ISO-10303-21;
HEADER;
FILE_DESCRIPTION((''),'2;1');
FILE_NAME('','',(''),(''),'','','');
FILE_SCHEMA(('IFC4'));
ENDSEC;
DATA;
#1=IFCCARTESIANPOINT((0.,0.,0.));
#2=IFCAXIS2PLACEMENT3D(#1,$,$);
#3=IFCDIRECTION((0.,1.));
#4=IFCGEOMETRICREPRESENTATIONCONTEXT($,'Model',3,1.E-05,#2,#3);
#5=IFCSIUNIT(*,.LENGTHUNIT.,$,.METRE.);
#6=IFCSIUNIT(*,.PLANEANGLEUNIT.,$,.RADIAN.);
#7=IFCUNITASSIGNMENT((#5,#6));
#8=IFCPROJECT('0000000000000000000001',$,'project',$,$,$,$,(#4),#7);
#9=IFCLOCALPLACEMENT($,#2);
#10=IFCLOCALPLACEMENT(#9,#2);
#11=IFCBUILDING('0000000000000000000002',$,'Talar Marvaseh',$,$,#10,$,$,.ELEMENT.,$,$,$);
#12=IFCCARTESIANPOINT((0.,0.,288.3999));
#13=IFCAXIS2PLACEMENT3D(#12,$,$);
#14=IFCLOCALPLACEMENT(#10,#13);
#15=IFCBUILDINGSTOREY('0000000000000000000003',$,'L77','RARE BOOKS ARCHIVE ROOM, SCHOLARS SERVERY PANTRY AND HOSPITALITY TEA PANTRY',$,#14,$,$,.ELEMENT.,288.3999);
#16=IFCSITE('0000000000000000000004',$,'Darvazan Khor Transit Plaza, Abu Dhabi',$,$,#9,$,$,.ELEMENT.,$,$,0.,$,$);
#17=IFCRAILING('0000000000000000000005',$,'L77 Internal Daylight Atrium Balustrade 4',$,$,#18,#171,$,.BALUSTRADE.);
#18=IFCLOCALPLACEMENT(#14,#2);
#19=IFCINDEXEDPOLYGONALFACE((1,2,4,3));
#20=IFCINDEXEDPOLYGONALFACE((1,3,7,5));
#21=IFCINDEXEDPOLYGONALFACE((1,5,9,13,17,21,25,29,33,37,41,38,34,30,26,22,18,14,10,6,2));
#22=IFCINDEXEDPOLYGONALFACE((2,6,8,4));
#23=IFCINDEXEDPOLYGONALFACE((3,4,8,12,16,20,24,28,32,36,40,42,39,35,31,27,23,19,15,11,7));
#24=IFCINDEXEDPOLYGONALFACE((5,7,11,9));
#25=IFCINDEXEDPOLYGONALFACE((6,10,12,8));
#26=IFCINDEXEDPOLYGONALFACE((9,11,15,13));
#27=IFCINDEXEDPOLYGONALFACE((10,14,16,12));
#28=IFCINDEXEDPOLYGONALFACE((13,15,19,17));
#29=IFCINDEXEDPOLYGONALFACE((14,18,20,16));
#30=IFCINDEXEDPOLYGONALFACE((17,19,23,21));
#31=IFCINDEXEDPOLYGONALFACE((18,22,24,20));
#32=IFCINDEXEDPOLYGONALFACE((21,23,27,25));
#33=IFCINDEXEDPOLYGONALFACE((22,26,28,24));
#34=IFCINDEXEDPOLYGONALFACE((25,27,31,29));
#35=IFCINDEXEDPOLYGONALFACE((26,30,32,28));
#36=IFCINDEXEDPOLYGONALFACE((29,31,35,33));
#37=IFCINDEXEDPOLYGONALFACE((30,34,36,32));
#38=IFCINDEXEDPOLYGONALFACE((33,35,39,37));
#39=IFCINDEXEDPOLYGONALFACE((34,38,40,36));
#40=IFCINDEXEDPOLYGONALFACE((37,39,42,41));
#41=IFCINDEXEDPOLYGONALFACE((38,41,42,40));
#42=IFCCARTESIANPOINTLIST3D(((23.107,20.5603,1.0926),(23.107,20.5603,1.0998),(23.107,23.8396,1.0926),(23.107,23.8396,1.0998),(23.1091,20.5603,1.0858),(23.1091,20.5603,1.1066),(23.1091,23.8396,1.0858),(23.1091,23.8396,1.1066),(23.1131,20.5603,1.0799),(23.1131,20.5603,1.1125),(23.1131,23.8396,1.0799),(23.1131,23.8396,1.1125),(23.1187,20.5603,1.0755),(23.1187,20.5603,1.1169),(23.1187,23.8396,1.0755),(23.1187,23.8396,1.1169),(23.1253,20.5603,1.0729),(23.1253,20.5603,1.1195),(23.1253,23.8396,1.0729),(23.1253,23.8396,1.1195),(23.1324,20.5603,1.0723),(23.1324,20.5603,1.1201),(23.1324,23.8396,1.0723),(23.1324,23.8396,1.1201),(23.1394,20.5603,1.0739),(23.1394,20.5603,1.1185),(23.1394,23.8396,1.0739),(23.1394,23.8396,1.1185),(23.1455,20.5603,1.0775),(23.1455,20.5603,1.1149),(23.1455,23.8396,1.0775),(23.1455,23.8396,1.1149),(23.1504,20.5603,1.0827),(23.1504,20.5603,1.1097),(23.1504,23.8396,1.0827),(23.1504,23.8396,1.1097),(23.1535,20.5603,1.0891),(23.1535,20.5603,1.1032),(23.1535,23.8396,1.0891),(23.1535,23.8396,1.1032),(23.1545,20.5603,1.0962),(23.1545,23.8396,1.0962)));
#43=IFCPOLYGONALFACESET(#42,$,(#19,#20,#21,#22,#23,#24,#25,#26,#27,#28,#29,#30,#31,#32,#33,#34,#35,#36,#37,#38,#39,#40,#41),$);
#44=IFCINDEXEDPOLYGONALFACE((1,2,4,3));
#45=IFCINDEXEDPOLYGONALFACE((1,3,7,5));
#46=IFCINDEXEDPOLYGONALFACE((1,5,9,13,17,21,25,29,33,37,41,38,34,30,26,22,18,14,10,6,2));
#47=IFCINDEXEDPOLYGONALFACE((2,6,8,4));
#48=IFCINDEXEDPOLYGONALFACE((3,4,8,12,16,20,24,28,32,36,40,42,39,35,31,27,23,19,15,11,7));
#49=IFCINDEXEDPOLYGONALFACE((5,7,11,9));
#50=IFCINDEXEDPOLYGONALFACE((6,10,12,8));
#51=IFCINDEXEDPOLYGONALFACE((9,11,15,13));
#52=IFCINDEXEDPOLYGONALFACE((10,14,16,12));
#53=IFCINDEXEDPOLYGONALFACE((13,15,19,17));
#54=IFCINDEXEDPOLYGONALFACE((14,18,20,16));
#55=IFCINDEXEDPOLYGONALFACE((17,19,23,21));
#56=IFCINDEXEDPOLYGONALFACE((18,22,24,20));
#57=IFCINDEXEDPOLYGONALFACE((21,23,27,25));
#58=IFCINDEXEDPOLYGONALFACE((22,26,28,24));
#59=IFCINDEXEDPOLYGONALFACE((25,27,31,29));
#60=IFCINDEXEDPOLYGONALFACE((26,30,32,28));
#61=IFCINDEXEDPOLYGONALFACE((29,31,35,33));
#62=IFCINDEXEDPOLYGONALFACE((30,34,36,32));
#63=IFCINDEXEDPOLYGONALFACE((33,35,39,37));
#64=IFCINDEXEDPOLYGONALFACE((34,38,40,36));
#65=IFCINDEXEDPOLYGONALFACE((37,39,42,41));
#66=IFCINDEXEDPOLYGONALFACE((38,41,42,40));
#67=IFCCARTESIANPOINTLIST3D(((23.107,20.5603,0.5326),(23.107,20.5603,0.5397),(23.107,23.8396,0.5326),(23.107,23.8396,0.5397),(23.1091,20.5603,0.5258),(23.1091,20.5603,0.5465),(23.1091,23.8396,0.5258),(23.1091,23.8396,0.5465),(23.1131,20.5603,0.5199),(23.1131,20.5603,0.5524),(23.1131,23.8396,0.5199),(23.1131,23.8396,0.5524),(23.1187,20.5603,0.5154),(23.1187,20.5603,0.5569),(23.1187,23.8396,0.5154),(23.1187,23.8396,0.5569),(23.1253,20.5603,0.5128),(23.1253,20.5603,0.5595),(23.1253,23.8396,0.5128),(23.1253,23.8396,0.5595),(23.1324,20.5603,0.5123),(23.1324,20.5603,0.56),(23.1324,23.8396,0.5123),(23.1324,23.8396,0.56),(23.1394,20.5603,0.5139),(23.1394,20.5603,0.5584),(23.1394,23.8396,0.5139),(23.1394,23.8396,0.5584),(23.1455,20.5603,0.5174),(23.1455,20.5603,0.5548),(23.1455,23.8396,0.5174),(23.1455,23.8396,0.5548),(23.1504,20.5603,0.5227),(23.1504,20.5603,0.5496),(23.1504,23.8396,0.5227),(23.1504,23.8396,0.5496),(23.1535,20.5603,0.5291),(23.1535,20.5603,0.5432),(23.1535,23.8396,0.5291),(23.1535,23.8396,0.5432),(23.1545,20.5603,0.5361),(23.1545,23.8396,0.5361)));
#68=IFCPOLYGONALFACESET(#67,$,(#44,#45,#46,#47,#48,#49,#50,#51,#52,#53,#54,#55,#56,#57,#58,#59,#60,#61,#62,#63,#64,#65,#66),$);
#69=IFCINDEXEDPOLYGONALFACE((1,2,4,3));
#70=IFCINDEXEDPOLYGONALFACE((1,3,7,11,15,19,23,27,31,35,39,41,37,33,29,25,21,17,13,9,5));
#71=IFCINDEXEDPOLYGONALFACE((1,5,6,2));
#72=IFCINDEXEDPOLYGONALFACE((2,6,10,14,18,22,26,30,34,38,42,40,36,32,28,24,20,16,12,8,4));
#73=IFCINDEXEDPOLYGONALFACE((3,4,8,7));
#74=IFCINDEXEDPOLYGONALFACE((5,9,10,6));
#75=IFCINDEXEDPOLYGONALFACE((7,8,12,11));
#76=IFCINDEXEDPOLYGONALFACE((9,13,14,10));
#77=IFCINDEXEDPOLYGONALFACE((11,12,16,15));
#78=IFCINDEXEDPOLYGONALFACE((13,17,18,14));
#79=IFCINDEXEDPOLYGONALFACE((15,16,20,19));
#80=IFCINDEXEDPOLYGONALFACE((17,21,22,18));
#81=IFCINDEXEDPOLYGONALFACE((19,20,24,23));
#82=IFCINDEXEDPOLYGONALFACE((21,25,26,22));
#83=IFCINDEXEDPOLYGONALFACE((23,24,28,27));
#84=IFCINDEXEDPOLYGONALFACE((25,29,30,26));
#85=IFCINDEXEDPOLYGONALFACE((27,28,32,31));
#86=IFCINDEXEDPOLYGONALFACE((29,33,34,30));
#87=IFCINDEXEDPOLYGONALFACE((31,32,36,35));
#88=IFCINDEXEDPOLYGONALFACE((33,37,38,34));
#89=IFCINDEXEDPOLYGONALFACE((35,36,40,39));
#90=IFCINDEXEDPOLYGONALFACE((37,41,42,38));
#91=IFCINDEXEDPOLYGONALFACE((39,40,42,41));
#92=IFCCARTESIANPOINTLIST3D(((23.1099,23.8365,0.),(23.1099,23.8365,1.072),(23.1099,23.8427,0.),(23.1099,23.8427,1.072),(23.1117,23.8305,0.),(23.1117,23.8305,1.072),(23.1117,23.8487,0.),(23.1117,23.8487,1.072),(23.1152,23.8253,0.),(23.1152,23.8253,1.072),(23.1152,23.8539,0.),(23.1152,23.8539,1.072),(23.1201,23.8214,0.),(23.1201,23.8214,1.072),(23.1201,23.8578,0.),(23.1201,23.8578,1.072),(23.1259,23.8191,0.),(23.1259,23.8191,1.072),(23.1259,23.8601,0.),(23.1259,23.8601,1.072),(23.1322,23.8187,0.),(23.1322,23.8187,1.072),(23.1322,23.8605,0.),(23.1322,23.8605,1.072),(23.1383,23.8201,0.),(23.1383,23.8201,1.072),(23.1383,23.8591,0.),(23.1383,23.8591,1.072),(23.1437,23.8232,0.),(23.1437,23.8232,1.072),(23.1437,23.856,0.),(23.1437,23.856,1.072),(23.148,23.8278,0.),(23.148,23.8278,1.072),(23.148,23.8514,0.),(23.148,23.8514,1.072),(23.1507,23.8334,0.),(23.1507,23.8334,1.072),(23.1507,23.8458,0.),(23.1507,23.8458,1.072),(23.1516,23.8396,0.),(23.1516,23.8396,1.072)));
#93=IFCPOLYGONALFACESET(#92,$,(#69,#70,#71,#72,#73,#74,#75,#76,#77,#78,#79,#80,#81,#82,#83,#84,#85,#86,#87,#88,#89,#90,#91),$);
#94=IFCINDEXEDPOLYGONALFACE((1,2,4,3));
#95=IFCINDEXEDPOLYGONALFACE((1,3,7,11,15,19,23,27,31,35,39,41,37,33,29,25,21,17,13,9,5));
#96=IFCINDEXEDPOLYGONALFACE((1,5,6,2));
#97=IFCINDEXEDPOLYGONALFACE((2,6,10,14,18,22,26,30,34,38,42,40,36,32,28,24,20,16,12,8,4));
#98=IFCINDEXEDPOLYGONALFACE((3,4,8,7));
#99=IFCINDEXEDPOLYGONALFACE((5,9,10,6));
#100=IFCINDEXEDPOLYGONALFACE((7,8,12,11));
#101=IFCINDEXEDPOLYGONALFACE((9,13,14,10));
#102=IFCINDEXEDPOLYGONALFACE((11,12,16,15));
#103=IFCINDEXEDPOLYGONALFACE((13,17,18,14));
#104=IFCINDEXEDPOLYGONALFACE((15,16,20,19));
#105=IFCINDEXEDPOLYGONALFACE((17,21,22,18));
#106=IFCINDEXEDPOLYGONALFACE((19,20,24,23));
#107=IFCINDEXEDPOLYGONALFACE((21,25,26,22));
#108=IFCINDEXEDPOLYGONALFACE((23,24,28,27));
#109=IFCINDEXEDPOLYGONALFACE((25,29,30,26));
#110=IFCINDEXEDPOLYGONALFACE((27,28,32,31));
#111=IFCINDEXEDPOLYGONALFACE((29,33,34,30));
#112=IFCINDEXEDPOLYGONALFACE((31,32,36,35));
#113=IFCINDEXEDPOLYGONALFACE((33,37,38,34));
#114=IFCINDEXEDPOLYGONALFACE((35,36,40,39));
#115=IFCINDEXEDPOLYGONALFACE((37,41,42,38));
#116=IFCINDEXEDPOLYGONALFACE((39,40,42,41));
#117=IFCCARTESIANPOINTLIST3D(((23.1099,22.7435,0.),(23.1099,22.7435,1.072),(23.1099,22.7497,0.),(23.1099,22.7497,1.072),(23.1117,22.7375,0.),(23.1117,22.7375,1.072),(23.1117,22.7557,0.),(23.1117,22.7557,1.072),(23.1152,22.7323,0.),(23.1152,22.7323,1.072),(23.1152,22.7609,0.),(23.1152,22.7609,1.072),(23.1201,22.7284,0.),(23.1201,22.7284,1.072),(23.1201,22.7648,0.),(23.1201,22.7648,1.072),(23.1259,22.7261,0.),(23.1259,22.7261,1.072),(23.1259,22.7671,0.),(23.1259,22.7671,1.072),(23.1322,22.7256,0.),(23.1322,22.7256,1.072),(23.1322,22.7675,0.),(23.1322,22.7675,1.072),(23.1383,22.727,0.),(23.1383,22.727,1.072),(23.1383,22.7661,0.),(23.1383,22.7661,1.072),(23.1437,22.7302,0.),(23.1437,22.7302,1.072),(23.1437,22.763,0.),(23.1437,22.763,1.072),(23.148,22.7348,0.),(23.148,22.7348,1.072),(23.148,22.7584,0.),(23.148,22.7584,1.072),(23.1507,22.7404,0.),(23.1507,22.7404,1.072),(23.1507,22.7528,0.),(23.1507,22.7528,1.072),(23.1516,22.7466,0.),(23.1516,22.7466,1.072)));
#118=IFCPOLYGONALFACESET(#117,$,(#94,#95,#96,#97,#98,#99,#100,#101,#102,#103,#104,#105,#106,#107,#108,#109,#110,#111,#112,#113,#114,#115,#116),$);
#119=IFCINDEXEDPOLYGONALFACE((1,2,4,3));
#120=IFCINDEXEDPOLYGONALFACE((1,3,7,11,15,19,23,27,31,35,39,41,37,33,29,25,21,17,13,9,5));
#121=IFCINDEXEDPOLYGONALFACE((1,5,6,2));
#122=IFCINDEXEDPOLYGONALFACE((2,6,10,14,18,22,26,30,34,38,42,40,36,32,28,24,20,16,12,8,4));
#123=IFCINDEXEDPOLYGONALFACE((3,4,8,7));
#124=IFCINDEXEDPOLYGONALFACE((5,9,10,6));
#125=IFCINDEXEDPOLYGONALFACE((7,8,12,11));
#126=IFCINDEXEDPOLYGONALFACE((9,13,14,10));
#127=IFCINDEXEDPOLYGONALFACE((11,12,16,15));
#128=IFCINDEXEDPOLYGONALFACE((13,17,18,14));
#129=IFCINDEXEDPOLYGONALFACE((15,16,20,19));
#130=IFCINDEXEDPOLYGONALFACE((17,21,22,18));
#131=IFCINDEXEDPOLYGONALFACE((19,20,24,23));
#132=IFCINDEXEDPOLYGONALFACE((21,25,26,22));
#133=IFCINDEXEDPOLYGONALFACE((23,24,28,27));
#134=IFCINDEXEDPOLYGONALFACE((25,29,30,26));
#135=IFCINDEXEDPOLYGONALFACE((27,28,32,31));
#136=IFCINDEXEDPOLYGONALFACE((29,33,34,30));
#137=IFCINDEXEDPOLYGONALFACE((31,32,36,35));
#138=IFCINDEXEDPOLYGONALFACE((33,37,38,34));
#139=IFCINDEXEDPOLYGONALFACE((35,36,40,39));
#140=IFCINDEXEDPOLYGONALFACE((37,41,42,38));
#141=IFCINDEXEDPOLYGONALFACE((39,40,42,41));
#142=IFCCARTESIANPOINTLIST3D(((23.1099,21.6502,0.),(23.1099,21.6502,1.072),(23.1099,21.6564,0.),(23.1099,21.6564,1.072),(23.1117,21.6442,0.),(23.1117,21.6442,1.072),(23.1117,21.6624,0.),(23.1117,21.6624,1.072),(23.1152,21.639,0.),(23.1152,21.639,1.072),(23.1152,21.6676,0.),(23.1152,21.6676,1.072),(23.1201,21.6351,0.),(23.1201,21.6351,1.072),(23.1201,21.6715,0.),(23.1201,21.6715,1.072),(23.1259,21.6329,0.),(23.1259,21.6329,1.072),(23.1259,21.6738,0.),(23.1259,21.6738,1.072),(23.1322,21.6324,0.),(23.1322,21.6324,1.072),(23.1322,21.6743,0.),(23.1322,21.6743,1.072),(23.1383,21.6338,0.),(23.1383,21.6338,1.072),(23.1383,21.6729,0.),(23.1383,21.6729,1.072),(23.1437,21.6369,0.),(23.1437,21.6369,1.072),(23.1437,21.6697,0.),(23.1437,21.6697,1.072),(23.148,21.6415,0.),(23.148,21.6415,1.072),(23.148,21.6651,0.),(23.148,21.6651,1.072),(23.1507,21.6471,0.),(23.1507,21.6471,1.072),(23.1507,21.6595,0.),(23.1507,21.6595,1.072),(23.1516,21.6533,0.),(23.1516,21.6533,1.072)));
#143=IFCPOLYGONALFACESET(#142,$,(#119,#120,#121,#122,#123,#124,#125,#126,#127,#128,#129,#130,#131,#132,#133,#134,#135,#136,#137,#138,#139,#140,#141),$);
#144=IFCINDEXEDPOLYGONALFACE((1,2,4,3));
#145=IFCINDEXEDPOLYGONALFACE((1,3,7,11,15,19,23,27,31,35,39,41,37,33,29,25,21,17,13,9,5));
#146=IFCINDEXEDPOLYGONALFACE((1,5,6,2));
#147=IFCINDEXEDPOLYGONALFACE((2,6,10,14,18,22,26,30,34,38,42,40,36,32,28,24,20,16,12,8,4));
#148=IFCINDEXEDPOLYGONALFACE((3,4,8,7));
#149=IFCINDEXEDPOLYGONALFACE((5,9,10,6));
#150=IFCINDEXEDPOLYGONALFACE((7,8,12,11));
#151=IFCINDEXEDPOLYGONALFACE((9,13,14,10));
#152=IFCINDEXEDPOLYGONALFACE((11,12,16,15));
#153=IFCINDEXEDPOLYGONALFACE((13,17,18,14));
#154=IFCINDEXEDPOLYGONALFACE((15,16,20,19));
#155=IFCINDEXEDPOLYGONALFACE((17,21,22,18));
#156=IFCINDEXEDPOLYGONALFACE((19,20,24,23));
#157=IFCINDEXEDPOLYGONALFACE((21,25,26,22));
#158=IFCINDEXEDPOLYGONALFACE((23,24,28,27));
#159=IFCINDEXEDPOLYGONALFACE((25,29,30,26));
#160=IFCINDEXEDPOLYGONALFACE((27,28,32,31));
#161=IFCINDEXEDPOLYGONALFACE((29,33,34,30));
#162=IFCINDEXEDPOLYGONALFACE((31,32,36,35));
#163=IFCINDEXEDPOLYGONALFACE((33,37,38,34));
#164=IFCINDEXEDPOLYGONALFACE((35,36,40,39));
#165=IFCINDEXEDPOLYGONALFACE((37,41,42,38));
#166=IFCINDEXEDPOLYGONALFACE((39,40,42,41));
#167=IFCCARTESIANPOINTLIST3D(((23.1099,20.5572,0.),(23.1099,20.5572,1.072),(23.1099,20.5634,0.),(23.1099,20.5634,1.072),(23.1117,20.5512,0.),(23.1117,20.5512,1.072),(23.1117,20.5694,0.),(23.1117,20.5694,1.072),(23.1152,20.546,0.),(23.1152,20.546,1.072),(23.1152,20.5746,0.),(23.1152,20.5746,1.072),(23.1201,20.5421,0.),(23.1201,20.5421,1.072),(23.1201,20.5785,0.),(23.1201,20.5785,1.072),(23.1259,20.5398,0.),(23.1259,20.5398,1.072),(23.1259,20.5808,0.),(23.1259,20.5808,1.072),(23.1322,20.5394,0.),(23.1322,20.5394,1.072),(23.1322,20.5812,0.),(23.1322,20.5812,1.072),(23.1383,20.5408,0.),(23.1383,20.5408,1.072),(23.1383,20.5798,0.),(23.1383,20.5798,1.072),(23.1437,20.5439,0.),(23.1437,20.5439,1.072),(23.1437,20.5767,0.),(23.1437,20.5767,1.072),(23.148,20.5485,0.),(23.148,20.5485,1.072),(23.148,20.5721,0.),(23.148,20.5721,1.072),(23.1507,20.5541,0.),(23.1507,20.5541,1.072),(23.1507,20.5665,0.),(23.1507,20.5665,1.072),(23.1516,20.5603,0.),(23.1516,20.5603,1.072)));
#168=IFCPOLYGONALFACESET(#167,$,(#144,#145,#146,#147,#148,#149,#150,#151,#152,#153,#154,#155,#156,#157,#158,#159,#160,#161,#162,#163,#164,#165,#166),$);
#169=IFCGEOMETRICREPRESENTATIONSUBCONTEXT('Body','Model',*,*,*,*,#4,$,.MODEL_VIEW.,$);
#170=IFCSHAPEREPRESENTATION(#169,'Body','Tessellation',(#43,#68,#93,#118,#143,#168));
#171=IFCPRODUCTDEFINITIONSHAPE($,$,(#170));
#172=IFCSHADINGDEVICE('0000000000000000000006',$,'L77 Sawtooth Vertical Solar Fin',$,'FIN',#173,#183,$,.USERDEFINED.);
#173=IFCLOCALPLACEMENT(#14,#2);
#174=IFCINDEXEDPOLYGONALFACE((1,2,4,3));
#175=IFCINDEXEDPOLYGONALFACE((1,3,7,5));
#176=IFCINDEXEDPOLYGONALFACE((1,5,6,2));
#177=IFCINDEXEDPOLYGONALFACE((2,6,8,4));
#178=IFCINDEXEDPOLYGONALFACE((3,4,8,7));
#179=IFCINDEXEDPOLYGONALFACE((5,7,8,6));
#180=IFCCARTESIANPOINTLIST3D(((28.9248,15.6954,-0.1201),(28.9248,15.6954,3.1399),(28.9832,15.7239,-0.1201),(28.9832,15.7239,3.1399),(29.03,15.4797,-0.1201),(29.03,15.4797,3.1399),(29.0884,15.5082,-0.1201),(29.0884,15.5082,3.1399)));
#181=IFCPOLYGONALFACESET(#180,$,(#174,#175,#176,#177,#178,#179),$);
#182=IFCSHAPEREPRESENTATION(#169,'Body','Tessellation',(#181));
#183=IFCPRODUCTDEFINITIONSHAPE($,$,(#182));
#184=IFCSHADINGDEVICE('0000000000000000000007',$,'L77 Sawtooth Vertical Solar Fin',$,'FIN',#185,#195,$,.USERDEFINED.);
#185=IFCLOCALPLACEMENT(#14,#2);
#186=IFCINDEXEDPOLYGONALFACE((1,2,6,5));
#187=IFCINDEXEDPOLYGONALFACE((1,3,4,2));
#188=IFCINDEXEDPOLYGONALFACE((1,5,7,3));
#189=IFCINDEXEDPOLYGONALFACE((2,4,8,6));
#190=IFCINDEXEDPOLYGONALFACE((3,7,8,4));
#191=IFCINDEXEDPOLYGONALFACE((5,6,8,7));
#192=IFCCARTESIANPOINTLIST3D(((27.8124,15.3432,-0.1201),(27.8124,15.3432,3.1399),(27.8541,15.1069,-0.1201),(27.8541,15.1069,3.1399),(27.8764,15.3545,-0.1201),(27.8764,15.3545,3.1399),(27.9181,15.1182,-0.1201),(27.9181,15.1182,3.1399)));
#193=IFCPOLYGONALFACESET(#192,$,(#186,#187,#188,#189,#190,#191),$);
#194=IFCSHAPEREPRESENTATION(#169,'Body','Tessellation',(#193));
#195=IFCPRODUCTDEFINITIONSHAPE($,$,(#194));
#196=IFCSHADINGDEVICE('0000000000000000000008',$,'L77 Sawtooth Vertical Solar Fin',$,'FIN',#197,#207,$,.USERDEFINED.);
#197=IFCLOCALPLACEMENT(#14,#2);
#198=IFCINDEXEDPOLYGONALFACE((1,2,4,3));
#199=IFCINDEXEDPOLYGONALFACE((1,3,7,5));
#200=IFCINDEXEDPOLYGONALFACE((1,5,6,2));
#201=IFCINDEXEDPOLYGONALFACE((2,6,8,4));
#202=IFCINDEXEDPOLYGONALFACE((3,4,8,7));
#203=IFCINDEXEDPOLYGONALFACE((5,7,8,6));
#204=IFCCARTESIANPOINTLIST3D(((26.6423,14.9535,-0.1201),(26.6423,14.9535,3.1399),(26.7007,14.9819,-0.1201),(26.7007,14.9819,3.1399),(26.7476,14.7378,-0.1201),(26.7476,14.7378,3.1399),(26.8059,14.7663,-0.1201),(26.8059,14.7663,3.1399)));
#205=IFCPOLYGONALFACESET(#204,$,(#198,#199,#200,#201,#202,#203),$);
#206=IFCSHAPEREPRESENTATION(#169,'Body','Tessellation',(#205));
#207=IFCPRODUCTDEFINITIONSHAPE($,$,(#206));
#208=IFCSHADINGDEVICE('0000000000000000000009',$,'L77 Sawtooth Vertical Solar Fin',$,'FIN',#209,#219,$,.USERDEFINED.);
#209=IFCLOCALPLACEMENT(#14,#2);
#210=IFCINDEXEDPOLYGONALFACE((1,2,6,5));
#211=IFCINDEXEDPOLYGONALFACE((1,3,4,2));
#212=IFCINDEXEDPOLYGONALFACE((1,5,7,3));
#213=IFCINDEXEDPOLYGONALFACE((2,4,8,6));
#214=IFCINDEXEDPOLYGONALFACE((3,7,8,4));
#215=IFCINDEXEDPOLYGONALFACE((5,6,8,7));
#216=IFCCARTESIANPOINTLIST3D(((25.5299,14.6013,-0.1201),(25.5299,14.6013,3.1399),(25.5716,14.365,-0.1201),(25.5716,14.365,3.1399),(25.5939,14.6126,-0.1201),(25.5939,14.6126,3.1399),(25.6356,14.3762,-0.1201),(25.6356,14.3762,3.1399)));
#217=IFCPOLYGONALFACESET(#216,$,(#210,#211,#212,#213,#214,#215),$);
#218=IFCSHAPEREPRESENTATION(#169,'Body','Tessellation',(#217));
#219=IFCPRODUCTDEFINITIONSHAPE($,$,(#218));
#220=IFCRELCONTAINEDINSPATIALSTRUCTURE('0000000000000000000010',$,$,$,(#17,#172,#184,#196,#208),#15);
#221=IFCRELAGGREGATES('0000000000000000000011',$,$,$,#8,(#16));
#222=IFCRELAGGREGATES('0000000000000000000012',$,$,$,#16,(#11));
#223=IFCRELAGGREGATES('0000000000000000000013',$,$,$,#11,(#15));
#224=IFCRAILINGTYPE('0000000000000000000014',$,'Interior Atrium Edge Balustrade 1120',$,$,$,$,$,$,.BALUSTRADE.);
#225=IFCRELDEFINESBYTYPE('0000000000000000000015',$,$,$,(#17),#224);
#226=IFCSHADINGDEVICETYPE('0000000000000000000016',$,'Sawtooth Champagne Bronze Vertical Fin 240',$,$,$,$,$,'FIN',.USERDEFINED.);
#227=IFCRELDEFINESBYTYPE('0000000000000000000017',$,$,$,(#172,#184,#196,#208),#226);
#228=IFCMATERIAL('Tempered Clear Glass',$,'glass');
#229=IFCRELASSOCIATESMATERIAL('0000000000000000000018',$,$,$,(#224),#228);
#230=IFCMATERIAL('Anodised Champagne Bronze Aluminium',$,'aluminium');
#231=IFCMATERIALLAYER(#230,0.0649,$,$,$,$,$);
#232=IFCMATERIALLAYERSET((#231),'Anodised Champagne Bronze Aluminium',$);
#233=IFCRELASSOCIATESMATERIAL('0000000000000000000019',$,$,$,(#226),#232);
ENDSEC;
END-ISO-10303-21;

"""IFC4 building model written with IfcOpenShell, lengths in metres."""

from ifc_helpers import new_model, si_unit, direction, frame, origin, origin_2d, place, context, subcontext, project, spatial, rectangle, circle, extrude, source, transform, mapped, material, layer, layer_set, type_object, type_shapes, element, save


model = new_model("IFC4")

# Units and contexts
model_context = context("Model", 3, precision=1e-05, world=origin(), true_north=direction((0.0, 1.0)))
body_context = subcontext(model_context, "Body", "Model", "MODEL_VIEW")
ifc_project = project(units=[si_unit("LENGTHUNIT", "METRE"), si_unit("PLANEANGLEUNIT", "RADIAN")], contexts=[model_context])

# Site, building, storey
site_placement = place(None, origin())
site = spatial("IfcSite", under=ifc_project, at=site_placement, Name="Darvazan Khor Transit Plaza, Abu Dhabi", CompositionType="ELEMENT", RefElevation=0.0)
building_placement = place(site_placement, origin())
building = spatial("IfcBuilding", under=site, at=building_placement, Name="Talar Marvaseh", CompositionType="ELEMENT")
storey_placement = place(building_placement, frame((0.0, 0.0, 288.3999)))
storey = spatial("IfcBuildingStorey", under=building, at=storey_placement, Name="L77", Description="RARE BOOKS ARCHIVE ROOM, SCHOLARS SERVERY PANTRY AND HOSPITALITY TEA PANTRY", CompositionType="ELEMENT", Elevation=288.3999)

# Railing
ifc_material_1 = material(Name="Tempered Clear Glass", Category="glass")
railing_type = type_object("IfcRailingType", Name="Interior Atrium Edge Balustrade 1120", PredefinedType="BALUSTRADE", material=ifc_material_1)
railing_1_placement = place(storey_placement, frame((23.1306, 23.8396, 0.0)))
element("IfcRailing", 1, at=railing_1_placement, inside=storey, type_object=railing_type, Name="L77 Internal Daylight Atrium Balustrade 4", PredefinedType="BALUSTRADE", context=body_context, shape_type="SweptSolid", body=[
    extrude(circle(Radius=0.0239, at=origin_2d()), frame((0.0, 0.0, 1.0962), z_axis=(0.0, -1.0, 0.0), x_axis=(1.0, 0.0, 0.0)), (0.0, 0.0, 1.0), 3.2793),
    extrude(circle(Radius=0.0239, at=origin_2d()), frame((0.0, 0.0, 0.5361), z_axis=(0.0, -1.0, 0.0), x_axis=(1.0, 0.0, 0.0)), (0.0, 0.0, 1.0), 3.2793),
    extrude(circle(Radius=0.021, at=origin_2d()), origin(), (0.0, 0.0, 1.0), 1.072),
    extrude(circle(Radius=0.021, at=origin_2d()), frame((0.0, -1.093, 0.0)), (0.0, 0.0, 1.0), 1.072),
    extrude(circle(Radius=0.021, at=origin_2d()), frame((0.0, -2.1863, 0.0)), (0.0, 0.0, 1.0), 1.072),
    extrude(circle(Radius=0.021, at=origin_2d()), frame((0.0, -3.2793, 0.0)), (0.0, 0.0, 1.0), 1.072),
])

# Shading devices
ifc_material_2 = material(Name="Anodised Champagne Bronze Aluminium", Category="aluminium")
ifc_layer_1 = layer(ifc_material_2, 0.0649)
ifc_layer_set_1 = layer_set([ifc_layer_1], Name="Anodised Champagne Bronze Aluminium")
shading_device_type = type_object("IfcShadingDeviceType", Name="Sawtooth Champagne Bronze Vertical Fin 240", ElementType="FIN", PredefinedType="USERDEFINED", material=ifc_layer_set_1)
shared_shape_1 = source(origin(), body_context, "Body", "SweptSolid", [
    extrude(rectangle(XDim=0.24, YDim=0.0649, at=origin_2d()), origin(), (0.0, 0.0, 1.0), 3.26),
])
type_shapes(shading_device_type, [shared_shape_1])
for number, where, z_axis, x_axis, name in (
    (2, (29.0066, 15.6018, -0.1201), (0.0, 0.0, 1.0), (0.438528, -0.898718, 0.0), "L77 Sawtooth Vertical Solar Fin"),
    (3, (27.8652, 15.2307, -0.1201), (0.0, 0.0, 1.0), (0.17382, -0.984777, 0.0), "L77 Sawtooth Vertical Solar Fin"),
    (4, (26.7241, 14.8599, -0.1201), (0.0, 0.0, 1.0), (0.438528, -0.898718, 0.0), "L77 Sawtooth Vertical Solar Fin"),
    (5, (25.5828, 14.4888, -0.1201), (0.0, 0.0, 1.0), (0.17382, -0.984777, 0.0), "L77 Sawtooth Vertical Solar Fin"),
):
    element("IfcShadingDevice", number, at=place(storey_placement, frame(where, z_axis=z_axis, x_axis=x_axis)), inside=storey, type_object=shading_device_type, Name=name, ObjectType="FIN", PredefinedType="USERDEFINED", context=body_context, shape_type="MappedRepresentation", body=[
        mapped(shared_shape_1, transform((0.0, 0.0, 0.0), x_axis=(1.0, 0.0, 0.0), y_axis=(0.0, 1.0, 0.0), z_axis=(0.0, 0.0, 1.0), scale=1.0)),
    ])

save(model, "model.ifc")
